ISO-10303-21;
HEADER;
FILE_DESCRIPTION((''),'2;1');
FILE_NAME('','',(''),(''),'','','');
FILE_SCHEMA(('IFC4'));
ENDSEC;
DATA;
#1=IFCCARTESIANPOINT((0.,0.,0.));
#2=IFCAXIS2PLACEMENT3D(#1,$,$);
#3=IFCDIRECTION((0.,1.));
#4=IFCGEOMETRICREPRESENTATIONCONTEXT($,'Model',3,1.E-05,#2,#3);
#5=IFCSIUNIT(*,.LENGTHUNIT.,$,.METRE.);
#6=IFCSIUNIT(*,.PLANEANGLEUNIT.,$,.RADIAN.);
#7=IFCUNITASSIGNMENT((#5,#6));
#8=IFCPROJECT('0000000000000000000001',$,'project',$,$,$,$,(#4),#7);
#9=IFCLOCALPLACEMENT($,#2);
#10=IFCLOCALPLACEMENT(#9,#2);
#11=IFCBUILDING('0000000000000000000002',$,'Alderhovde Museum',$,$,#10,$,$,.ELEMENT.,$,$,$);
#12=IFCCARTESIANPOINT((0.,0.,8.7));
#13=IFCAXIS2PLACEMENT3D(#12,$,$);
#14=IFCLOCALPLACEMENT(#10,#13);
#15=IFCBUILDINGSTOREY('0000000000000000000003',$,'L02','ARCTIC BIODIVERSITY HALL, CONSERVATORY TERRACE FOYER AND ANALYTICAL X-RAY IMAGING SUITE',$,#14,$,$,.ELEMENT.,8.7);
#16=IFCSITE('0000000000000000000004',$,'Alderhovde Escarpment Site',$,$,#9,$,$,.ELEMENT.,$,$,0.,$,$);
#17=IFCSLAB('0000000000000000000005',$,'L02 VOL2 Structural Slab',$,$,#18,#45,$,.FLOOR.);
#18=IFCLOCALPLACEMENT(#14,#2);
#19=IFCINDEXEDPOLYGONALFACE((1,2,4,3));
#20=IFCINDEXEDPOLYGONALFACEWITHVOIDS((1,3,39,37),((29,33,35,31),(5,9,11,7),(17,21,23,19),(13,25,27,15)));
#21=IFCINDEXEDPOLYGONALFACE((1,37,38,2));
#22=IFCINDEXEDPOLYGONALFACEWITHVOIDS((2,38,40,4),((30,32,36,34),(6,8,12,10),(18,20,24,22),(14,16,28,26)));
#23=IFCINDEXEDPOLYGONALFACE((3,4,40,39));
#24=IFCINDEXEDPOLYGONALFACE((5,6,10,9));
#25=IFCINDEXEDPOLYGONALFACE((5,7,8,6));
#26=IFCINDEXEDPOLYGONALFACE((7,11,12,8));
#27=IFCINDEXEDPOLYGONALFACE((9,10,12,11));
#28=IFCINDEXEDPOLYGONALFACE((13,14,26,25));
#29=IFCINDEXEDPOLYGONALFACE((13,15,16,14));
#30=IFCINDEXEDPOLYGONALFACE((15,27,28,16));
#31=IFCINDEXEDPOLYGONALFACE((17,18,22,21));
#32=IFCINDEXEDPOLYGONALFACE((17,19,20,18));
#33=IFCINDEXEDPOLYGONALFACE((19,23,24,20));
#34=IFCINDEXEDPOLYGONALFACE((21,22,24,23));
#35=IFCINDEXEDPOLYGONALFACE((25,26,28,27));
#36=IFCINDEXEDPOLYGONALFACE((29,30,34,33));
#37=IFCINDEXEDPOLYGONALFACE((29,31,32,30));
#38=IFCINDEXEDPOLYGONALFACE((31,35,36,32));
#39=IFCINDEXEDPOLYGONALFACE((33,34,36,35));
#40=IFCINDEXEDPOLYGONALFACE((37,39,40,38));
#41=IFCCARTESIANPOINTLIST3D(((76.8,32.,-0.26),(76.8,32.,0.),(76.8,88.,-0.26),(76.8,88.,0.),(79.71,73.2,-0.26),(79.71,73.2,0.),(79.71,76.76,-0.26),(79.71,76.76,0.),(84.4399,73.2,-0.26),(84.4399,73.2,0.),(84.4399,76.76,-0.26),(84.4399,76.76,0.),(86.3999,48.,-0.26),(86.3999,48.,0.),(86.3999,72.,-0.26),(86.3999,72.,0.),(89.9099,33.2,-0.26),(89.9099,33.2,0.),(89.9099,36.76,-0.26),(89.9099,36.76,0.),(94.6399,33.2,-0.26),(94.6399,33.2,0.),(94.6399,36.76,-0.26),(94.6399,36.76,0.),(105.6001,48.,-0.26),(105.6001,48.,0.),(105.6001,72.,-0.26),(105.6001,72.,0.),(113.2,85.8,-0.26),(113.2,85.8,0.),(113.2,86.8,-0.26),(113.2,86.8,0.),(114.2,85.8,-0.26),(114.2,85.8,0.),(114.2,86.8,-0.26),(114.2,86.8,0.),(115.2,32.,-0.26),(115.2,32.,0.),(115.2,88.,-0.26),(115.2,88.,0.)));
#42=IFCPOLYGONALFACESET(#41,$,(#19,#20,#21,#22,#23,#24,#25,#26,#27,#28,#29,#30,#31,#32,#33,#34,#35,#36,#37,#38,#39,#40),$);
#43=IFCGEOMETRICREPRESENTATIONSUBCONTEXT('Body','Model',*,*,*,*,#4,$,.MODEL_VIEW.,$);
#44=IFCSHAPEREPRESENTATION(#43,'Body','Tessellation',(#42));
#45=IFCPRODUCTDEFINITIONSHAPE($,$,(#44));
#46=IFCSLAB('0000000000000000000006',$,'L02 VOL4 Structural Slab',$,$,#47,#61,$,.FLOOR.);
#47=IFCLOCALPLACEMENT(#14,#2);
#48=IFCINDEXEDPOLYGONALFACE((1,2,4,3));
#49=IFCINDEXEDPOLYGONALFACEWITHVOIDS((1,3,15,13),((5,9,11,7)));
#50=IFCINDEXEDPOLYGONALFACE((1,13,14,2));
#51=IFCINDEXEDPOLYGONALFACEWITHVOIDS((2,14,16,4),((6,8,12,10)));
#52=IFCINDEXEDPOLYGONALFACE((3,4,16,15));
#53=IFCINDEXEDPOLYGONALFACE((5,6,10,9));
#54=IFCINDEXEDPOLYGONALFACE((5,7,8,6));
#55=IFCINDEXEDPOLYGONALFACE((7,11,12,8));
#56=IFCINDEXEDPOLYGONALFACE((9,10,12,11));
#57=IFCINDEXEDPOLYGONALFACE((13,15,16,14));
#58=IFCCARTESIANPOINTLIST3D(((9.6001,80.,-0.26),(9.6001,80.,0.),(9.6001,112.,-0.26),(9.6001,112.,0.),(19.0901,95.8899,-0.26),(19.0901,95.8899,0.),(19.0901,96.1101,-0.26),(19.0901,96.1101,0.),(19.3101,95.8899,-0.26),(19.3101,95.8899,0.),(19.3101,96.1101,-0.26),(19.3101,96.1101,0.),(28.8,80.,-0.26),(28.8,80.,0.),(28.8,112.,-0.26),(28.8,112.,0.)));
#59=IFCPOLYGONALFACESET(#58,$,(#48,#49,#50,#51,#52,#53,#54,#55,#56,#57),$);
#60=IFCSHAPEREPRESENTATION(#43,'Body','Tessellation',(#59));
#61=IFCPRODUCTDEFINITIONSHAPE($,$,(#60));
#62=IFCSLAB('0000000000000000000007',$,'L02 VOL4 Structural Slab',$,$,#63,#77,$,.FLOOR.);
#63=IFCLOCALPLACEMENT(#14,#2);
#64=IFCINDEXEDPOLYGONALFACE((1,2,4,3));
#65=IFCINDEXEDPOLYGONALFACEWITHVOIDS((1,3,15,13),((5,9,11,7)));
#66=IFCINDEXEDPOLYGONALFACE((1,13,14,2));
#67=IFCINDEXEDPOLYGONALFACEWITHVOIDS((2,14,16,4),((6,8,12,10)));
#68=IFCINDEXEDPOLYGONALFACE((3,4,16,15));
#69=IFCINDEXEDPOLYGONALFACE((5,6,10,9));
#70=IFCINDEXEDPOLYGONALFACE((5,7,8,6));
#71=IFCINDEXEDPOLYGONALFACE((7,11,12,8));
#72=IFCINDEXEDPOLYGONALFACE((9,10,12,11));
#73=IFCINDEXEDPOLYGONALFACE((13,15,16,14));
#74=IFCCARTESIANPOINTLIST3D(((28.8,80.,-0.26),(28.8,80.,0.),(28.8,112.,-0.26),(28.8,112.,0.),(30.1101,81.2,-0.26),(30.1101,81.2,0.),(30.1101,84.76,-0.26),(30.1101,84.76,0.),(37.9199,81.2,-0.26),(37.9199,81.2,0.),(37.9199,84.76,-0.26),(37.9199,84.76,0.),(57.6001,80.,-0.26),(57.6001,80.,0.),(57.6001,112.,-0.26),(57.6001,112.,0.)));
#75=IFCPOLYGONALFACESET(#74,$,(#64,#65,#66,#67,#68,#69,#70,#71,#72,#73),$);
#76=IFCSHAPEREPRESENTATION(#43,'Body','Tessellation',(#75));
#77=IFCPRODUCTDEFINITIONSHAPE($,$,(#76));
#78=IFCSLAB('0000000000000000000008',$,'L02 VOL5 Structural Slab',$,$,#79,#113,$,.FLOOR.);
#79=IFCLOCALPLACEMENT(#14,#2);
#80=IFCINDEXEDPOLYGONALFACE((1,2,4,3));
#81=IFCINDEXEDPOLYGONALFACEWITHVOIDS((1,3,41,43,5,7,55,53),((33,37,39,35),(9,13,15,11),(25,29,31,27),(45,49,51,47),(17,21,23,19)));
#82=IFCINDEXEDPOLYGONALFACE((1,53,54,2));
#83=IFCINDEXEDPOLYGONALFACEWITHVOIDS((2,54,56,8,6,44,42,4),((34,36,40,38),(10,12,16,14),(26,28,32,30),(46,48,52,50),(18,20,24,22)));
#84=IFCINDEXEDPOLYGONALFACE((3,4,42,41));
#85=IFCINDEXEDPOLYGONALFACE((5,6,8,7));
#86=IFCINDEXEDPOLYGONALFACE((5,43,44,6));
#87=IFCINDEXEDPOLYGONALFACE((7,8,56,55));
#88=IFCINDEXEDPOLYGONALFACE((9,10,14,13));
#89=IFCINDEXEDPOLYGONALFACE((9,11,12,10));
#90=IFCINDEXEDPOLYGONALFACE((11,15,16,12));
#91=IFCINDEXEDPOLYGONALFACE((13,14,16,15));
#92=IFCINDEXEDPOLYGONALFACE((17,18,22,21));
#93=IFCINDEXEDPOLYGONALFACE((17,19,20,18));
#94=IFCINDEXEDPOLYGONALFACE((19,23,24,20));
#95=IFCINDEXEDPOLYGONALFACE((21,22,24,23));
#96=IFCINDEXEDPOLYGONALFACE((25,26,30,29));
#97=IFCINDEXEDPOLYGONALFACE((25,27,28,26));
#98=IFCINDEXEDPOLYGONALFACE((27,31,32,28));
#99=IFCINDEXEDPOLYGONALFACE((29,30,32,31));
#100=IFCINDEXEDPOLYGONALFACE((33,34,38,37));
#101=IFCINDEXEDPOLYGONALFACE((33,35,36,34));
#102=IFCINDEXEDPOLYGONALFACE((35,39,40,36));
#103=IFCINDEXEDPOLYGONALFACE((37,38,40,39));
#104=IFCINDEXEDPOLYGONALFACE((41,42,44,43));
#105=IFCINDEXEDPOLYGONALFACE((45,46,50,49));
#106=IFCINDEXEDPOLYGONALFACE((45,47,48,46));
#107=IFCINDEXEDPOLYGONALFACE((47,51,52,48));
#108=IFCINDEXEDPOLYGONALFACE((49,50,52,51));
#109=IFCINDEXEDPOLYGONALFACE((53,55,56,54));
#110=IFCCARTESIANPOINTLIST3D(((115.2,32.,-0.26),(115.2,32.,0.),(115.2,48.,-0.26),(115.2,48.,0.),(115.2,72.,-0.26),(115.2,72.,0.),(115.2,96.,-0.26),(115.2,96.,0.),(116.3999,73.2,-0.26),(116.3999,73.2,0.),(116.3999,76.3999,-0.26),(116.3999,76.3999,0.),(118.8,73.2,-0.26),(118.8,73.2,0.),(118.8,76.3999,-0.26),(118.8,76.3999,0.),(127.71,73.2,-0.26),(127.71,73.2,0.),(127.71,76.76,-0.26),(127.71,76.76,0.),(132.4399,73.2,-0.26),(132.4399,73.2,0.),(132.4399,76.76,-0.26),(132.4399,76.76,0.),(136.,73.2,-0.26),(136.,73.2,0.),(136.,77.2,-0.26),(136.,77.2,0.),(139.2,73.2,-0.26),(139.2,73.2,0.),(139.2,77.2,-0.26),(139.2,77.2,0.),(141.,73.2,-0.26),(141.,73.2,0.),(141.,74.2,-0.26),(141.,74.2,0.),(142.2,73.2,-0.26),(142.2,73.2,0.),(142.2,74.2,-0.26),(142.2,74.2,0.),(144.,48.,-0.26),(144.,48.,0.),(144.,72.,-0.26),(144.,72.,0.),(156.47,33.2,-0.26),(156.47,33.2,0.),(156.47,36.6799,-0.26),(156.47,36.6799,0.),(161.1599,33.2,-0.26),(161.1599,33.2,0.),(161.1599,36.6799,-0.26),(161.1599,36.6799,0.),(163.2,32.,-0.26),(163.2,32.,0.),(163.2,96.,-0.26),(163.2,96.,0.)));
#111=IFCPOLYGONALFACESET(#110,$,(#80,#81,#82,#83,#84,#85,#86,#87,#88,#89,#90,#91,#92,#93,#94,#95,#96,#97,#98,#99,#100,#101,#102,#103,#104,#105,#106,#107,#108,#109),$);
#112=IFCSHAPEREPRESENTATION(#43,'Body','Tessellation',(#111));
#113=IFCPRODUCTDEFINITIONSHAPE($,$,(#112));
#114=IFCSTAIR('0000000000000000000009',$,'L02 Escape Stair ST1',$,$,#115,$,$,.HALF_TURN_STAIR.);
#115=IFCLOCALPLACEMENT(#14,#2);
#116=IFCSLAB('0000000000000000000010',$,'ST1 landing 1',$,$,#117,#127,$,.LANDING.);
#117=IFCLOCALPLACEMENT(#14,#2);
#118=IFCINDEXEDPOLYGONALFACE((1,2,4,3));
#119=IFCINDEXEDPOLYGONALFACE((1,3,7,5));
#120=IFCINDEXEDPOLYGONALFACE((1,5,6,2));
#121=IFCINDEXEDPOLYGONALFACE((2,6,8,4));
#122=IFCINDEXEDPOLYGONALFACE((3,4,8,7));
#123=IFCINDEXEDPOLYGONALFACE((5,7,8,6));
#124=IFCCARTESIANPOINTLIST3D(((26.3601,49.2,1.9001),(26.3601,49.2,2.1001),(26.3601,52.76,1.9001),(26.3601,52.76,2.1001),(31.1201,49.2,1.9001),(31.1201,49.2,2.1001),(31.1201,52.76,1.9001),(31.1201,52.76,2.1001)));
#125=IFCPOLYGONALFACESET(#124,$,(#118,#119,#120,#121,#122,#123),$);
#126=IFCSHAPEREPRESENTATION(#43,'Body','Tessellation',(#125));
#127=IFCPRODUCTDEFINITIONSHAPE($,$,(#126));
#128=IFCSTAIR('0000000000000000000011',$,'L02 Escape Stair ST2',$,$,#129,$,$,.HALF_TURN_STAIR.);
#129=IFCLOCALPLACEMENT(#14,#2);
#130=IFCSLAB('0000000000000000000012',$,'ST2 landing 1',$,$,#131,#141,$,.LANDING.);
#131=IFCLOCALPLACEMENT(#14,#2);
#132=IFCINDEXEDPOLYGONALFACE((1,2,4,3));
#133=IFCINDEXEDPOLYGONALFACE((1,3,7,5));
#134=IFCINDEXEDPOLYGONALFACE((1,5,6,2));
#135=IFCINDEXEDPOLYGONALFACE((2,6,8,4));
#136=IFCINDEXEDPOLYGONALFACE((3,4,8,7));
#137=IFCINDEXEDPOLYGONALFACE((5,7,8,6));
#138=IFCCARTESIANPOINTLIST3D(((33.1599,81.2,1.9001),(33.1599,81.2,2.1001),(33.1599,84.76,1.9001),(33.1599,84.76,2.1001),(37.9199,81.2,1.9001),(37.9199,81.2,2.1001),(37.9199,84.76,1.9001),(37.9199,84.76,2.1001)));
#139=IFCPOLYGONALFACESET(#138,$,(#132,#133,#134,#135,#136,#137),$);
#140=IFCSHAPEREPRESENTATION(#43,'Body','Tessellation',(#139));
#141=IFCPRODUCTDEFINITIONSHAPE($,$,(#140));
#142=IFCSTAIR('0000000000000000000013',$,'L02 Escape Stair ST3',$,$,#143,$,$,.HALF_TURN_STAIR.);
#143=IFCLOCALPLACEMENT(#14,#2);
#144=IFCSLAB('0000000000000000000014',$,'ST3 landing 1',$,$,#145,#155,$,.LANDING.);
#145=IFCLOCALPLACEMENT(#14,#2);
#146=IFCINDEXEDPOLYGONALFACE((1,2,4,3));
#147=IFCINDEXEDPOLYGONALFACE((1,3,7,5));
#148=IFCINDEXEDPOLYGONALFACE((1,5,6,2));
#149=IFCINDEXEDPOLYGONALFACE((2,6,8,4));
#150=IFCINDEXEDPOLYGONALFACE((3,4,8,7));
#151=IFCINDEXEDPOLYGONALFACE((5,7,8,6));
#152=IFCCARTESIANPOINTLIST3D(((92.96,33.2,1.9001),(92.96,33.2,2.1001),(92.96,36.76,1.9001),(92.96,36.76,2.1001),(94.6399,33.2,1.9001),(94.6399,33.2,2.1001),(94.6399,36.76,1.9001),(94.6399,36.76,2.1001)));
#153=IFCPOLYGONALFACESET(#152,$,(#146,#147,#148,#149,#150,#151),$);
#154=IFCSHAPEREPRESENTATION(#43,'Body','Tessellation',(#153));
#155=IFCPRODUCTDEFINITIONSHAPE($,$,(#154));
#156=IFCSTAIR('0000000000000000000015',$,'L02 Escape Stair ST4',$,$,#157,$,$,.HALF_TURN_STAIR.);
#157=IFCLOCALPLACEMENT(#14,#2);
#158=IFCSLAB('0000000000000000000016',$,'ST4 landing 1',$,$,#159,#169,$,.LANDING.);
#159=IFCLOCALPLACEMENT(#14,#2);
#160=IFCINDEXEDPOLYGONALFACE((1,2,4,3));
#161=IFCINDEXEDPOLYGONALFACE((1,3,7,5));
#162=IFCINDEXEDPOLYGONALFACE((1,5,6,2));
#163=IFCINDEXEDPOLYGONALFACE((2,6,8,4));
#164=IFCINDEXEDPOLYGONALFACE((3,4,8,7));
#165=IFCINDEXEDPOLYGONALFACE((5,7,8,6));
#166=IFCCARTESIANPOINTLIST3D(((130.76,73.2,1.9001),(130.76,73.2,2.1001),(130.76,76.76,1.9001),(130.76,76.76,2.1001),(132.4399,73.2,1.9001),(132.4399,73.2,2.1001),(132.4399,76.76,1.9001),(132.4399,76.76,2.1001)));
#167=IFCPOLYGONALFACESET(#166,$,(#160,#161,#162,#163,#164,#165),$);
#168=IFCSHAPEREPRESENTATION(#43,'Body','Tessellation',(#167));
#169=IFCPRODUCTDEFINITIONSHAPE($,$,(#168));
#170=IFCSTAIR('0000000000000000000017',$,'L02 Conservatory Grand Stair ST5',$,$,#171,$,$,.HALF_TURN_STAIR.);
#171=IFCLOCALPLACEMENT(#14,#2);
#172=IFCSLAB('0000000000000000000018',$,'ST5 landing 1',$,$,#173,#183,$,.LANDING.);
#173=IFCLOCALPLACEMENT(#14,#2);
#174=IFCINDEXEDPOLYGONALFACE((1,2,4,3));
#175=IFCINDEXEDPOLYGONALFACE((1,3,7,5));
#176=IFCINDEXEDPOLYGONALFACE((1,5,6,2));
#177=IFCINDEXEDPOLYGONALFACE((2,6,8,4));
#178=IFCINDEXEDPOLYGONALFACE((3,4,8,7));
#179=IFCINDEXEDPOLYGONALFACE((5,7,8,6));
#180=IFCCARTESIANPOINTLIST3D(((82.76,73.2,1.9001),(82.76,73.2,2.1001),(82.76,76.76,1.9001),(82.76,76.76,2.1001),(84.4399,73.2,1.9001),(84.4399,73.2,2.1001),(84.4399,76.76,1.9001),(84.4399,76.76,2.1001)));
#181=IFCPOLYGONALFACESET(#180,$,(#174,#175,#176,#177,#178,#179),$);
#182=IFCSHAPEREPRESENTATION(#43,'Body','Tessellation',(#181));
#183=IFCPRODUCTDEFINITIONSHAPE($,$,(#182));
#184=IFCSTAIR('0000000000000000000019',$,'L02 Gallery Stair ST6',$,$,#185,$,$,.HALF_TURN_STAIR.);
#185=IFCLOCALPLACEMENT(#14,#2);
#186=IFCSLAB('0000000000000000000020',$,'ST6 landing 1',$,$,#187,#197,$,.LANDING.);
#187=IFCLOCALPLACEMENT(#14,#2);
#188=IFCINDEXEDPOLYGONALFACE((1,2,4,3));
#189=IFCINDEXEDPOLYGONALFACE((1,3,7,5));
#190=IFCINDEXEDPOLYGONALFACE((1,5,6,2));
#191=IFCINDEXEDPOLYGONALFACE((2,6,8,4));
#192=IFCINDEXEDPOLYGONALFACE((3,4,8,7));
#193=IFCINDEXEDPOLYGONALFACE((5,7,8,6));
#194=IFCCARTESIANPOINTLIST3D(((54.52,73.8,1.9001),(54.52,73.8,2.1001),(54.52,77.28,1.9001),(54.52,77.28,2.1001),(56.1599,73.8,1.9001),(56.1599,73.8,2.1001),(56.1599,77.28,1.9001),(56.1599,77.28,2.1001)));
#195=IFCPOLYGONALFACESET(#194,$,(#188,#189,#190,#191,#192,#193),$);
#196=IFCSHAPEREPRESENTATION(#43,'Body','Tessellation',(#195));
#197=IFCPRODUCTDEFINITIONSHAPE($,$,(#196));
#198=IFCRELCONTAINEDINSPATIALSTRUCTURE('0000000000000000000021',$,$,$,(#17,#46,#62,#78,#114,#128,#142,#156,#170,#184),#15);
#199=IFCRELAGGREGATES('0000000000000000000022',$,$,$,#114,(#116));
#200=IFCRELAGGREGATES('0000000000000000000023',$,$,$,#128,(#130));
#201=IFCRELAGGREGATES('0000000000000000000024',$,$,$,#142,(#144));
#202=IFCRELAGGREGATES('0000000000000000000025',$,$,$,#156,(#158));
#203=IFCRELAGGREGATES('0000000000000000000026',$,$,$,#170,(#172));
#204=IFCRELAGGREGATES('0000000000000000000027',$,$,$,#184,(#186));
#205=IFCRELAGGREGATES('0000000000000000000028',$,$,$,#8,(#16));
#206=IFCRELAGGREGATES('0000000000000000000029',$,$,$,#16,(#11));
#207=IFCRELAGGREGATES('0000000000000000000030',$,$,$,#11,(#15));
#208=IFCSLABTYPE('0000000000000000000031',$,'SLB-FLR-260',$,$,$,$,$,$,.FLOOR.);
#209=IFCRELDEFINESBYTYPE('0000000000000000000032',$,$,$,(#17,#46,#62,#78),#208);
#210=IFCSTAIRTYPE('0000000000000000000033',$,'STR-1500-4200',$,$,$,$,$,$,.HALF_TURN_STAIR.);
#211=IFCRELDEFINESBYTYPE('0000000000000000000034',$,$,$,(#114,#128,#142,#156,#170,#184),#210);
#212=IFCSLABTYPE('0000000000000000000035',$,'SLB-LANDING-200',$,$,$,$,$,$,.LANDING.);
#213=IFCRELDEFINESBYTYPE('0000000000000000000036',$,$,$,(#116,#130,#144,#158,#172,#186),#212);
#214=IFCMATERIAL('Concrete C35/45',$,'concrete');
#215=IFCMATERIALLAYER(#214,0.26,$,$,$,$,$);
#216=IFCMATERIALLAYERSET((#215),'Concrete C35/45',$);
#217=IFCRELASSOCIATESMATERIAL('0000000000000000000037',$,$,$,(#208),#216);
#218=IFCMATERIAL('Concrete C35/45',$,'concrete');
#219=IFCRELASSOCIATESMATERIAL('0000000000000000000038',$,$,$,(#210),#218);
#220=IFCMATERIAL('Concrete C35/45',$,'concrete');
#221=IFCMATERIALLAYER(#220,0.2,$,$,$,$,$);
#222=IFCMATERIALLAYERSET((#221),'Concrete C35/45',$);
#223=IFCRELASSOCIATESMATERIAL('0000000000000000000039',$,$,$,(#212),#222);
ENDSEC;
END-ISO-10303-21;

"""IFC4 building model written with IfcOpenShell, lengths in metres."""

from ifc_helpers import new_model, si_unit, direction, frame, origin, place, context, subcontext, project, spatial, polyline, outline, extrude, material, layer, layer_set, type_object, element, aggregate, save


model = new_model("IFC4")

# Units and contexts
model_context = context("Model", 3, precision=1e-05, world=origin(), true_north=direction((0.0, 1.0)))
body_context = subcontext(model_context, "Body", "Model", "MODEL_VIEW")
ifc_project = project(units=[si_unit("LENGTHUNIT", "METRE"), si_unit("PLANEANGLEUNIT", "RADIAN")], contexts=[model_context])

# Site, building, storey
site_placement = place(None, origin())
site = spatial("IfcSite", under=ifc_project, at=site_placement, Name="Alderhovde Escarpment Site", CompositionType="ELEMENT", RefElevation=0.0)
building_placement = place(site_placement, origin())
building = spatial("IfcBuilding", under=site, at=building_placement, Name="Alderhovde Museum", CompositionType="ELEMENT")
storey_placement = place(building_placement, frame((0.0, 0.0, 8.7)))
storey = spatial("IfcBuildingStorey", under=building, at=storey_placement, Name="L02", Description="ARCTIC BIODIVERSITY HALL, CONSERVATORY TERRACE FOYER AND ANALYTICAL X-RAY IMAGING SUITE", CompositionType="ELEMENT", Elevation=8.7)

# Slabs
ifc_material_1 = material(Name="Concrete C35/45", Category="concrete")
ifc_layer_1 = layer(ifc_material_1, 0.26)
ifc_layer_set_1 = layer_set([ifc_layer_1], Name="Concrete C35/45")
slab_type_1 = type_object("IfcSlabType", Name="SLB-FLR-260", PredefinedType="FLOOR", material=ifc_layer_set_1)
slab_1_placement = place(storey_placement, frame((0.0, 0.0, -0.26)))
element("IfcSlab", 1, at=slab_1_placement, inside=storey, type_object=slab_type_1, Name="L02 VOL2 Structural Slab", PredefinedType="FLOOR", context=body_context, shape_type="SweptSolid", body=[
    extrude(outline(polyline([(76.8, 32.0), (115.2, 32.0), (115.2, 88.0), (76.8, 88.0), (76.8, 32.0)]), holes=[polyline([(89.9099, 33.2), (94.6399, 33.2), (94.6399, 36.76), (89.9099, 36.76), (89.9099, 33.2)]), polyline([(79.71, 73.2), (84.4399, 73.2), (84.4399, 76.76), (79.71, 76.76), (79.71, 73.2)]), polyline([(86.3999, 48.0), (105.6001, 48.0), (105.6001, 72.0), (86.3999, 72.0), (86.3999, 48.0)]), polyline([(113.2, 85.8), (114.2, 85.8), (114.2, 86.8), (113.2, 86.8), (113.2, 85.8)])]), origin(), (0.0, 0.0, 1.0), 0.26),
])
slab_2_placement = place(storey_placement, frame((0.0, 0.0, -0.26)))
element("IfcSlab", 2, at=slab_2_placement, inside=storey, type_object=slab_type_1, Name="L02 VOL4 Structural Slab", PredefinedType="FLOOR", context=body_context, shape_type="SweptSolid", body=[
    extrude(outline(polyline([(9.6001, 80.0), (28.8, 80.0), (28.8, 112.0), (9.6001, 112.0), (9.6001, 80.0)]), holes=[polyline([(19.0901, 95.8899), (19.3101, 95.8899), (19.3101, 96.1101), (19.0901, 96.1101), (19.0901, 95.8899)])]), origin(), (0.0, 0.0, 1.0), 0.26),
])
slab_3_placement = place(storey_placement, frame((0.0, 0.0, -0.26)))
element("IfcSlab", 3, at=slab_3_placement, inside=storey, type_object=slab_type_1, Name="L02 VOL4 Structural Slab", PredefinedType="FLOOR", context=body_context, shape_type="SweptSolid", body=[
    extrude(outline(polyline([(28.8, 80.0), (57.6001, 80.0), (57.6001, 112.0), (28.8, 112.0), (28.8, 80.0)]), holes=[polyline([(30.1101, 81.2), (37.9199, 81.2), (37.9199, 84.76), (30.1101, 84.76), (30.1101, 81.2)])]), origin(), (0.0, 0.0, 1.0), 0.26),
])
slab_4_placement = place(storey_placement, frame((0.0, 0.0, -0.26)))
element("IfcSlab", 4, at=slab_4_placement, inside=storey, type_object=slab_type_1, Name="L02 VOL5 Structural Slab", PredefinedType="FLOOR", context=body_context, shape_type="SweptSolid", body=[
    extrude(outline(polyline([(115.2, 32.0), (163.2, 32.0), (163.2, 96.0), (115.2, 96.0), (115.2, 72.0), (144.0, 72.0), (144.0, 48.0), (115.2, 48.0), (115.2, 32.0)]), holes=[polyline([(127.71, 73.2), (132.4399, 73.2), (132.4399, 76.76), (127.71, 76.76), (127.71, 73.2)]), polyline([(156.47, 33.2), (161.1599, 33.2), (161.1599, 36.6799), (156.47, 36.6799), (156.47, 33.2)]), polyline([(116.3999, 73.2), (118.8, 73.2), (118.8, 76.3999), (116.3999, 76.3999), (116.3999, 73.2)]), polyline([(136.0, 73.2), (139.2, 73.2), (139.2, 77.2), (136.0, 77.2), (136.0, 73.2)]), polyline([(141.0, 73.2), (142.2, 73.2), (142.2, 74.2), (141.0, 74.2), (141.0, 73.2)])]), origin(), (0.0, 0.0, 1.0), 0.26),
])

# Stairs, slabs
ifc_material_2 = material(Name="Concrete C35/45", Category="concrete")
stair_type = type_object("IfcStairType", Name="STR-1500-4200", PredefinedType="HALF_TURN_STAIR", material=ifc_material_2)
stair_1_placement = place(storey_placement, origin())
stair_1 = element("IfcStair", 5, at=stair_1_placement, inside=storey, type_object=stair_type, Name="L02 Escape Stair ST1", PredefinedType="HALF_TURN_STAIR")
ifc_material_3 = material(Name="Concrete C35/45", Category="concrete")
ifc_layer_2 = layer(ifc_material_3, 0.2)
ifc_layer_set_2 = layer_set([ifc_layer_2], Name="Concrete C35/45")
slab_type_2 = type_object("IfcSlabType", Name="SLB-LANDING-200", PredefinedType="LANDING", material=ifc_layer_set_2)
slab_5_placement = place(storey_placement, frame((0.0, 0.0, 1.9001)))
slab_5 = element("IfcSlab", 6, at=slab_5_placement, type_object=slab_type_2, Name="ST1 landing 1", PredefinedType="LANDING", context=body_context, shape_type="SweptSolid", body=[
    extrude(outline(polyline([(26.3601, 49.2), (31.1201, 49.2), (31.1201, 52.76), (26.3601, 52.76), (26.3601, 49.2)])), origin(), (0.0, 0.0, 1.0), 0.2),
])
aggregate(stair_1, [slab_5])
stair_2_placement = place(storey_placement, origin())
stair_2 = element("IfcStair", 7, at=stair_2_placement, inside=storey, type_object=stair_type, Name="L02 Escape Stair ST2", PredefinedType="HALF_TURN_STAIR")
slab_6_placement = place(storey_placement, frame((0.0, 0.0, 1.9001)))
slab_6 = element("IfcSlab", 8, at=slab_6_placement, type_object=slab_type_2, Name="ST2 landing 1", PredefinedType="LANDING", context=body_context, shape_type="SweptSolid", body=[
    extrude(outline(polyline([(33.1599, 81.2), (37.9199, 81.2), (37.9199, 84.76), (33.1599, 84.76), (33.1599, 81.2)])), origin(), (0.0, 0.0, 1.0), 0.2),
])
aggregate(stair_2, [slab_6])
stair_3_placement = place(storey_placement, origin())
stair_3 = element("IfcStair", 9, at=stair_3_placement, inside=storey, type_object=stair_type, Name="L02 Escape Stair ST3", PredefinedType="HALF_TURN_STAIR")
slab_7_placement = place(storey_placement, frame((0.0, 0.0, 1.9001)))
slab_7 = element("IfcSlab", 10, at=slab_7_placement, type_object=slab_type_2, Name="ST3 landing 1", PredefinedType="LANDING", context=body_context, shape_type="SweptSolid", body=[
    extrude(outline(polyline([(92.96, 33.2), (94.6399, 33.2), (94.6399, 36.76), (92.96, 36.76), (92.96, 33.2)])), origin(), (0.0, 0.0, 1.0), 0.2),
])
aggregate(stair_3, [slab_7])
stair_4_placement = place(storey_placement, origin())
stair_4 = element("IfcStair", 11, at=stair_4_placement, inside=storey, type_object=stair_type, Name="L02 Escape Stair ST4", PredefinedType="HALF_TURN_STAIR")
slab_8_placement = place(storey_placement, frame((0.0, 0.0, 1.9001)))
slab_8 = element("IfcSlab", 12, at=slab_8_placement, type_object=slab_type_2, Name="ST4 landing 1", PredefinedType="LANDING", context=body_context, shape_type="SweptSolid", body=[
    extrude(outline(polyline([(130.76, 73.2), (132.4399, 73.2), (132.4399, 76.76), (130.76, 76.76), (130.76, 73.2)])), origin(), (0.0, 0.0, 1.0), 0.2),
])
aggregate(stair_4, [slab_8])
stair_5_placement = place(storey_placement, origin())
stair_5 = element("IfcStair", 13, at=stair_5_placement, inside=storey, type_object=stair_type, Name="L02 Conservatory Grand Stair ST5", PredefinedType="HALF_TURN_STAIR")
slab_9_placement = place(storey_placement, frame((0.0, 0.0, 1.9001)))
slab_9 = element("IfcSlab", 14, at=slab_9_placement, type_object=slab_type_2, Name="ST5 landing 1", PredefinedType="LANDING", context=body_context, shape_type="SweptSolid", body=[
    extrude(outline(polyline([(82.76, 73.2), (84.4399, 73.2), (84.4399, 76.76), (82.76, 76.76), (82.76, 73.2)])), origin(), (0.0, 0.0, 1.0), 0.2),
])
aggregate(stair_5, [slab_9])
stair_6_placement = place(storey_placement, origin())
stair_6 = element("IfcStair", 15, at=stair_6_placement, inside=storey, type_object=stair_type, Name="L02 Gallery Stair ST6", PredefinedType="HALF_TURN_STAIR")
slab_10_placement = place(storey_placement, frame((0.0, 0.0, 1.9001)))
slab_10 = element("IfcSlab", 16, at=slab_10_placement, type_object=slab_type_2, Name="ST6 landing 1", PredefinedType="LANDING", context=body_context, shape_type="SweptSolid", body=[
    extrude(outline(polyline([(54.52, 73.8), (56.1599, 73.8), (56.1599, 77.28), (54.52, 77.28), (54.52, 73.8)])), origin(), (0.0, 0.0, 1.0), 0.2),
])
aggregate(stair_6, [slab_10])

save(model, "model.ifc")
